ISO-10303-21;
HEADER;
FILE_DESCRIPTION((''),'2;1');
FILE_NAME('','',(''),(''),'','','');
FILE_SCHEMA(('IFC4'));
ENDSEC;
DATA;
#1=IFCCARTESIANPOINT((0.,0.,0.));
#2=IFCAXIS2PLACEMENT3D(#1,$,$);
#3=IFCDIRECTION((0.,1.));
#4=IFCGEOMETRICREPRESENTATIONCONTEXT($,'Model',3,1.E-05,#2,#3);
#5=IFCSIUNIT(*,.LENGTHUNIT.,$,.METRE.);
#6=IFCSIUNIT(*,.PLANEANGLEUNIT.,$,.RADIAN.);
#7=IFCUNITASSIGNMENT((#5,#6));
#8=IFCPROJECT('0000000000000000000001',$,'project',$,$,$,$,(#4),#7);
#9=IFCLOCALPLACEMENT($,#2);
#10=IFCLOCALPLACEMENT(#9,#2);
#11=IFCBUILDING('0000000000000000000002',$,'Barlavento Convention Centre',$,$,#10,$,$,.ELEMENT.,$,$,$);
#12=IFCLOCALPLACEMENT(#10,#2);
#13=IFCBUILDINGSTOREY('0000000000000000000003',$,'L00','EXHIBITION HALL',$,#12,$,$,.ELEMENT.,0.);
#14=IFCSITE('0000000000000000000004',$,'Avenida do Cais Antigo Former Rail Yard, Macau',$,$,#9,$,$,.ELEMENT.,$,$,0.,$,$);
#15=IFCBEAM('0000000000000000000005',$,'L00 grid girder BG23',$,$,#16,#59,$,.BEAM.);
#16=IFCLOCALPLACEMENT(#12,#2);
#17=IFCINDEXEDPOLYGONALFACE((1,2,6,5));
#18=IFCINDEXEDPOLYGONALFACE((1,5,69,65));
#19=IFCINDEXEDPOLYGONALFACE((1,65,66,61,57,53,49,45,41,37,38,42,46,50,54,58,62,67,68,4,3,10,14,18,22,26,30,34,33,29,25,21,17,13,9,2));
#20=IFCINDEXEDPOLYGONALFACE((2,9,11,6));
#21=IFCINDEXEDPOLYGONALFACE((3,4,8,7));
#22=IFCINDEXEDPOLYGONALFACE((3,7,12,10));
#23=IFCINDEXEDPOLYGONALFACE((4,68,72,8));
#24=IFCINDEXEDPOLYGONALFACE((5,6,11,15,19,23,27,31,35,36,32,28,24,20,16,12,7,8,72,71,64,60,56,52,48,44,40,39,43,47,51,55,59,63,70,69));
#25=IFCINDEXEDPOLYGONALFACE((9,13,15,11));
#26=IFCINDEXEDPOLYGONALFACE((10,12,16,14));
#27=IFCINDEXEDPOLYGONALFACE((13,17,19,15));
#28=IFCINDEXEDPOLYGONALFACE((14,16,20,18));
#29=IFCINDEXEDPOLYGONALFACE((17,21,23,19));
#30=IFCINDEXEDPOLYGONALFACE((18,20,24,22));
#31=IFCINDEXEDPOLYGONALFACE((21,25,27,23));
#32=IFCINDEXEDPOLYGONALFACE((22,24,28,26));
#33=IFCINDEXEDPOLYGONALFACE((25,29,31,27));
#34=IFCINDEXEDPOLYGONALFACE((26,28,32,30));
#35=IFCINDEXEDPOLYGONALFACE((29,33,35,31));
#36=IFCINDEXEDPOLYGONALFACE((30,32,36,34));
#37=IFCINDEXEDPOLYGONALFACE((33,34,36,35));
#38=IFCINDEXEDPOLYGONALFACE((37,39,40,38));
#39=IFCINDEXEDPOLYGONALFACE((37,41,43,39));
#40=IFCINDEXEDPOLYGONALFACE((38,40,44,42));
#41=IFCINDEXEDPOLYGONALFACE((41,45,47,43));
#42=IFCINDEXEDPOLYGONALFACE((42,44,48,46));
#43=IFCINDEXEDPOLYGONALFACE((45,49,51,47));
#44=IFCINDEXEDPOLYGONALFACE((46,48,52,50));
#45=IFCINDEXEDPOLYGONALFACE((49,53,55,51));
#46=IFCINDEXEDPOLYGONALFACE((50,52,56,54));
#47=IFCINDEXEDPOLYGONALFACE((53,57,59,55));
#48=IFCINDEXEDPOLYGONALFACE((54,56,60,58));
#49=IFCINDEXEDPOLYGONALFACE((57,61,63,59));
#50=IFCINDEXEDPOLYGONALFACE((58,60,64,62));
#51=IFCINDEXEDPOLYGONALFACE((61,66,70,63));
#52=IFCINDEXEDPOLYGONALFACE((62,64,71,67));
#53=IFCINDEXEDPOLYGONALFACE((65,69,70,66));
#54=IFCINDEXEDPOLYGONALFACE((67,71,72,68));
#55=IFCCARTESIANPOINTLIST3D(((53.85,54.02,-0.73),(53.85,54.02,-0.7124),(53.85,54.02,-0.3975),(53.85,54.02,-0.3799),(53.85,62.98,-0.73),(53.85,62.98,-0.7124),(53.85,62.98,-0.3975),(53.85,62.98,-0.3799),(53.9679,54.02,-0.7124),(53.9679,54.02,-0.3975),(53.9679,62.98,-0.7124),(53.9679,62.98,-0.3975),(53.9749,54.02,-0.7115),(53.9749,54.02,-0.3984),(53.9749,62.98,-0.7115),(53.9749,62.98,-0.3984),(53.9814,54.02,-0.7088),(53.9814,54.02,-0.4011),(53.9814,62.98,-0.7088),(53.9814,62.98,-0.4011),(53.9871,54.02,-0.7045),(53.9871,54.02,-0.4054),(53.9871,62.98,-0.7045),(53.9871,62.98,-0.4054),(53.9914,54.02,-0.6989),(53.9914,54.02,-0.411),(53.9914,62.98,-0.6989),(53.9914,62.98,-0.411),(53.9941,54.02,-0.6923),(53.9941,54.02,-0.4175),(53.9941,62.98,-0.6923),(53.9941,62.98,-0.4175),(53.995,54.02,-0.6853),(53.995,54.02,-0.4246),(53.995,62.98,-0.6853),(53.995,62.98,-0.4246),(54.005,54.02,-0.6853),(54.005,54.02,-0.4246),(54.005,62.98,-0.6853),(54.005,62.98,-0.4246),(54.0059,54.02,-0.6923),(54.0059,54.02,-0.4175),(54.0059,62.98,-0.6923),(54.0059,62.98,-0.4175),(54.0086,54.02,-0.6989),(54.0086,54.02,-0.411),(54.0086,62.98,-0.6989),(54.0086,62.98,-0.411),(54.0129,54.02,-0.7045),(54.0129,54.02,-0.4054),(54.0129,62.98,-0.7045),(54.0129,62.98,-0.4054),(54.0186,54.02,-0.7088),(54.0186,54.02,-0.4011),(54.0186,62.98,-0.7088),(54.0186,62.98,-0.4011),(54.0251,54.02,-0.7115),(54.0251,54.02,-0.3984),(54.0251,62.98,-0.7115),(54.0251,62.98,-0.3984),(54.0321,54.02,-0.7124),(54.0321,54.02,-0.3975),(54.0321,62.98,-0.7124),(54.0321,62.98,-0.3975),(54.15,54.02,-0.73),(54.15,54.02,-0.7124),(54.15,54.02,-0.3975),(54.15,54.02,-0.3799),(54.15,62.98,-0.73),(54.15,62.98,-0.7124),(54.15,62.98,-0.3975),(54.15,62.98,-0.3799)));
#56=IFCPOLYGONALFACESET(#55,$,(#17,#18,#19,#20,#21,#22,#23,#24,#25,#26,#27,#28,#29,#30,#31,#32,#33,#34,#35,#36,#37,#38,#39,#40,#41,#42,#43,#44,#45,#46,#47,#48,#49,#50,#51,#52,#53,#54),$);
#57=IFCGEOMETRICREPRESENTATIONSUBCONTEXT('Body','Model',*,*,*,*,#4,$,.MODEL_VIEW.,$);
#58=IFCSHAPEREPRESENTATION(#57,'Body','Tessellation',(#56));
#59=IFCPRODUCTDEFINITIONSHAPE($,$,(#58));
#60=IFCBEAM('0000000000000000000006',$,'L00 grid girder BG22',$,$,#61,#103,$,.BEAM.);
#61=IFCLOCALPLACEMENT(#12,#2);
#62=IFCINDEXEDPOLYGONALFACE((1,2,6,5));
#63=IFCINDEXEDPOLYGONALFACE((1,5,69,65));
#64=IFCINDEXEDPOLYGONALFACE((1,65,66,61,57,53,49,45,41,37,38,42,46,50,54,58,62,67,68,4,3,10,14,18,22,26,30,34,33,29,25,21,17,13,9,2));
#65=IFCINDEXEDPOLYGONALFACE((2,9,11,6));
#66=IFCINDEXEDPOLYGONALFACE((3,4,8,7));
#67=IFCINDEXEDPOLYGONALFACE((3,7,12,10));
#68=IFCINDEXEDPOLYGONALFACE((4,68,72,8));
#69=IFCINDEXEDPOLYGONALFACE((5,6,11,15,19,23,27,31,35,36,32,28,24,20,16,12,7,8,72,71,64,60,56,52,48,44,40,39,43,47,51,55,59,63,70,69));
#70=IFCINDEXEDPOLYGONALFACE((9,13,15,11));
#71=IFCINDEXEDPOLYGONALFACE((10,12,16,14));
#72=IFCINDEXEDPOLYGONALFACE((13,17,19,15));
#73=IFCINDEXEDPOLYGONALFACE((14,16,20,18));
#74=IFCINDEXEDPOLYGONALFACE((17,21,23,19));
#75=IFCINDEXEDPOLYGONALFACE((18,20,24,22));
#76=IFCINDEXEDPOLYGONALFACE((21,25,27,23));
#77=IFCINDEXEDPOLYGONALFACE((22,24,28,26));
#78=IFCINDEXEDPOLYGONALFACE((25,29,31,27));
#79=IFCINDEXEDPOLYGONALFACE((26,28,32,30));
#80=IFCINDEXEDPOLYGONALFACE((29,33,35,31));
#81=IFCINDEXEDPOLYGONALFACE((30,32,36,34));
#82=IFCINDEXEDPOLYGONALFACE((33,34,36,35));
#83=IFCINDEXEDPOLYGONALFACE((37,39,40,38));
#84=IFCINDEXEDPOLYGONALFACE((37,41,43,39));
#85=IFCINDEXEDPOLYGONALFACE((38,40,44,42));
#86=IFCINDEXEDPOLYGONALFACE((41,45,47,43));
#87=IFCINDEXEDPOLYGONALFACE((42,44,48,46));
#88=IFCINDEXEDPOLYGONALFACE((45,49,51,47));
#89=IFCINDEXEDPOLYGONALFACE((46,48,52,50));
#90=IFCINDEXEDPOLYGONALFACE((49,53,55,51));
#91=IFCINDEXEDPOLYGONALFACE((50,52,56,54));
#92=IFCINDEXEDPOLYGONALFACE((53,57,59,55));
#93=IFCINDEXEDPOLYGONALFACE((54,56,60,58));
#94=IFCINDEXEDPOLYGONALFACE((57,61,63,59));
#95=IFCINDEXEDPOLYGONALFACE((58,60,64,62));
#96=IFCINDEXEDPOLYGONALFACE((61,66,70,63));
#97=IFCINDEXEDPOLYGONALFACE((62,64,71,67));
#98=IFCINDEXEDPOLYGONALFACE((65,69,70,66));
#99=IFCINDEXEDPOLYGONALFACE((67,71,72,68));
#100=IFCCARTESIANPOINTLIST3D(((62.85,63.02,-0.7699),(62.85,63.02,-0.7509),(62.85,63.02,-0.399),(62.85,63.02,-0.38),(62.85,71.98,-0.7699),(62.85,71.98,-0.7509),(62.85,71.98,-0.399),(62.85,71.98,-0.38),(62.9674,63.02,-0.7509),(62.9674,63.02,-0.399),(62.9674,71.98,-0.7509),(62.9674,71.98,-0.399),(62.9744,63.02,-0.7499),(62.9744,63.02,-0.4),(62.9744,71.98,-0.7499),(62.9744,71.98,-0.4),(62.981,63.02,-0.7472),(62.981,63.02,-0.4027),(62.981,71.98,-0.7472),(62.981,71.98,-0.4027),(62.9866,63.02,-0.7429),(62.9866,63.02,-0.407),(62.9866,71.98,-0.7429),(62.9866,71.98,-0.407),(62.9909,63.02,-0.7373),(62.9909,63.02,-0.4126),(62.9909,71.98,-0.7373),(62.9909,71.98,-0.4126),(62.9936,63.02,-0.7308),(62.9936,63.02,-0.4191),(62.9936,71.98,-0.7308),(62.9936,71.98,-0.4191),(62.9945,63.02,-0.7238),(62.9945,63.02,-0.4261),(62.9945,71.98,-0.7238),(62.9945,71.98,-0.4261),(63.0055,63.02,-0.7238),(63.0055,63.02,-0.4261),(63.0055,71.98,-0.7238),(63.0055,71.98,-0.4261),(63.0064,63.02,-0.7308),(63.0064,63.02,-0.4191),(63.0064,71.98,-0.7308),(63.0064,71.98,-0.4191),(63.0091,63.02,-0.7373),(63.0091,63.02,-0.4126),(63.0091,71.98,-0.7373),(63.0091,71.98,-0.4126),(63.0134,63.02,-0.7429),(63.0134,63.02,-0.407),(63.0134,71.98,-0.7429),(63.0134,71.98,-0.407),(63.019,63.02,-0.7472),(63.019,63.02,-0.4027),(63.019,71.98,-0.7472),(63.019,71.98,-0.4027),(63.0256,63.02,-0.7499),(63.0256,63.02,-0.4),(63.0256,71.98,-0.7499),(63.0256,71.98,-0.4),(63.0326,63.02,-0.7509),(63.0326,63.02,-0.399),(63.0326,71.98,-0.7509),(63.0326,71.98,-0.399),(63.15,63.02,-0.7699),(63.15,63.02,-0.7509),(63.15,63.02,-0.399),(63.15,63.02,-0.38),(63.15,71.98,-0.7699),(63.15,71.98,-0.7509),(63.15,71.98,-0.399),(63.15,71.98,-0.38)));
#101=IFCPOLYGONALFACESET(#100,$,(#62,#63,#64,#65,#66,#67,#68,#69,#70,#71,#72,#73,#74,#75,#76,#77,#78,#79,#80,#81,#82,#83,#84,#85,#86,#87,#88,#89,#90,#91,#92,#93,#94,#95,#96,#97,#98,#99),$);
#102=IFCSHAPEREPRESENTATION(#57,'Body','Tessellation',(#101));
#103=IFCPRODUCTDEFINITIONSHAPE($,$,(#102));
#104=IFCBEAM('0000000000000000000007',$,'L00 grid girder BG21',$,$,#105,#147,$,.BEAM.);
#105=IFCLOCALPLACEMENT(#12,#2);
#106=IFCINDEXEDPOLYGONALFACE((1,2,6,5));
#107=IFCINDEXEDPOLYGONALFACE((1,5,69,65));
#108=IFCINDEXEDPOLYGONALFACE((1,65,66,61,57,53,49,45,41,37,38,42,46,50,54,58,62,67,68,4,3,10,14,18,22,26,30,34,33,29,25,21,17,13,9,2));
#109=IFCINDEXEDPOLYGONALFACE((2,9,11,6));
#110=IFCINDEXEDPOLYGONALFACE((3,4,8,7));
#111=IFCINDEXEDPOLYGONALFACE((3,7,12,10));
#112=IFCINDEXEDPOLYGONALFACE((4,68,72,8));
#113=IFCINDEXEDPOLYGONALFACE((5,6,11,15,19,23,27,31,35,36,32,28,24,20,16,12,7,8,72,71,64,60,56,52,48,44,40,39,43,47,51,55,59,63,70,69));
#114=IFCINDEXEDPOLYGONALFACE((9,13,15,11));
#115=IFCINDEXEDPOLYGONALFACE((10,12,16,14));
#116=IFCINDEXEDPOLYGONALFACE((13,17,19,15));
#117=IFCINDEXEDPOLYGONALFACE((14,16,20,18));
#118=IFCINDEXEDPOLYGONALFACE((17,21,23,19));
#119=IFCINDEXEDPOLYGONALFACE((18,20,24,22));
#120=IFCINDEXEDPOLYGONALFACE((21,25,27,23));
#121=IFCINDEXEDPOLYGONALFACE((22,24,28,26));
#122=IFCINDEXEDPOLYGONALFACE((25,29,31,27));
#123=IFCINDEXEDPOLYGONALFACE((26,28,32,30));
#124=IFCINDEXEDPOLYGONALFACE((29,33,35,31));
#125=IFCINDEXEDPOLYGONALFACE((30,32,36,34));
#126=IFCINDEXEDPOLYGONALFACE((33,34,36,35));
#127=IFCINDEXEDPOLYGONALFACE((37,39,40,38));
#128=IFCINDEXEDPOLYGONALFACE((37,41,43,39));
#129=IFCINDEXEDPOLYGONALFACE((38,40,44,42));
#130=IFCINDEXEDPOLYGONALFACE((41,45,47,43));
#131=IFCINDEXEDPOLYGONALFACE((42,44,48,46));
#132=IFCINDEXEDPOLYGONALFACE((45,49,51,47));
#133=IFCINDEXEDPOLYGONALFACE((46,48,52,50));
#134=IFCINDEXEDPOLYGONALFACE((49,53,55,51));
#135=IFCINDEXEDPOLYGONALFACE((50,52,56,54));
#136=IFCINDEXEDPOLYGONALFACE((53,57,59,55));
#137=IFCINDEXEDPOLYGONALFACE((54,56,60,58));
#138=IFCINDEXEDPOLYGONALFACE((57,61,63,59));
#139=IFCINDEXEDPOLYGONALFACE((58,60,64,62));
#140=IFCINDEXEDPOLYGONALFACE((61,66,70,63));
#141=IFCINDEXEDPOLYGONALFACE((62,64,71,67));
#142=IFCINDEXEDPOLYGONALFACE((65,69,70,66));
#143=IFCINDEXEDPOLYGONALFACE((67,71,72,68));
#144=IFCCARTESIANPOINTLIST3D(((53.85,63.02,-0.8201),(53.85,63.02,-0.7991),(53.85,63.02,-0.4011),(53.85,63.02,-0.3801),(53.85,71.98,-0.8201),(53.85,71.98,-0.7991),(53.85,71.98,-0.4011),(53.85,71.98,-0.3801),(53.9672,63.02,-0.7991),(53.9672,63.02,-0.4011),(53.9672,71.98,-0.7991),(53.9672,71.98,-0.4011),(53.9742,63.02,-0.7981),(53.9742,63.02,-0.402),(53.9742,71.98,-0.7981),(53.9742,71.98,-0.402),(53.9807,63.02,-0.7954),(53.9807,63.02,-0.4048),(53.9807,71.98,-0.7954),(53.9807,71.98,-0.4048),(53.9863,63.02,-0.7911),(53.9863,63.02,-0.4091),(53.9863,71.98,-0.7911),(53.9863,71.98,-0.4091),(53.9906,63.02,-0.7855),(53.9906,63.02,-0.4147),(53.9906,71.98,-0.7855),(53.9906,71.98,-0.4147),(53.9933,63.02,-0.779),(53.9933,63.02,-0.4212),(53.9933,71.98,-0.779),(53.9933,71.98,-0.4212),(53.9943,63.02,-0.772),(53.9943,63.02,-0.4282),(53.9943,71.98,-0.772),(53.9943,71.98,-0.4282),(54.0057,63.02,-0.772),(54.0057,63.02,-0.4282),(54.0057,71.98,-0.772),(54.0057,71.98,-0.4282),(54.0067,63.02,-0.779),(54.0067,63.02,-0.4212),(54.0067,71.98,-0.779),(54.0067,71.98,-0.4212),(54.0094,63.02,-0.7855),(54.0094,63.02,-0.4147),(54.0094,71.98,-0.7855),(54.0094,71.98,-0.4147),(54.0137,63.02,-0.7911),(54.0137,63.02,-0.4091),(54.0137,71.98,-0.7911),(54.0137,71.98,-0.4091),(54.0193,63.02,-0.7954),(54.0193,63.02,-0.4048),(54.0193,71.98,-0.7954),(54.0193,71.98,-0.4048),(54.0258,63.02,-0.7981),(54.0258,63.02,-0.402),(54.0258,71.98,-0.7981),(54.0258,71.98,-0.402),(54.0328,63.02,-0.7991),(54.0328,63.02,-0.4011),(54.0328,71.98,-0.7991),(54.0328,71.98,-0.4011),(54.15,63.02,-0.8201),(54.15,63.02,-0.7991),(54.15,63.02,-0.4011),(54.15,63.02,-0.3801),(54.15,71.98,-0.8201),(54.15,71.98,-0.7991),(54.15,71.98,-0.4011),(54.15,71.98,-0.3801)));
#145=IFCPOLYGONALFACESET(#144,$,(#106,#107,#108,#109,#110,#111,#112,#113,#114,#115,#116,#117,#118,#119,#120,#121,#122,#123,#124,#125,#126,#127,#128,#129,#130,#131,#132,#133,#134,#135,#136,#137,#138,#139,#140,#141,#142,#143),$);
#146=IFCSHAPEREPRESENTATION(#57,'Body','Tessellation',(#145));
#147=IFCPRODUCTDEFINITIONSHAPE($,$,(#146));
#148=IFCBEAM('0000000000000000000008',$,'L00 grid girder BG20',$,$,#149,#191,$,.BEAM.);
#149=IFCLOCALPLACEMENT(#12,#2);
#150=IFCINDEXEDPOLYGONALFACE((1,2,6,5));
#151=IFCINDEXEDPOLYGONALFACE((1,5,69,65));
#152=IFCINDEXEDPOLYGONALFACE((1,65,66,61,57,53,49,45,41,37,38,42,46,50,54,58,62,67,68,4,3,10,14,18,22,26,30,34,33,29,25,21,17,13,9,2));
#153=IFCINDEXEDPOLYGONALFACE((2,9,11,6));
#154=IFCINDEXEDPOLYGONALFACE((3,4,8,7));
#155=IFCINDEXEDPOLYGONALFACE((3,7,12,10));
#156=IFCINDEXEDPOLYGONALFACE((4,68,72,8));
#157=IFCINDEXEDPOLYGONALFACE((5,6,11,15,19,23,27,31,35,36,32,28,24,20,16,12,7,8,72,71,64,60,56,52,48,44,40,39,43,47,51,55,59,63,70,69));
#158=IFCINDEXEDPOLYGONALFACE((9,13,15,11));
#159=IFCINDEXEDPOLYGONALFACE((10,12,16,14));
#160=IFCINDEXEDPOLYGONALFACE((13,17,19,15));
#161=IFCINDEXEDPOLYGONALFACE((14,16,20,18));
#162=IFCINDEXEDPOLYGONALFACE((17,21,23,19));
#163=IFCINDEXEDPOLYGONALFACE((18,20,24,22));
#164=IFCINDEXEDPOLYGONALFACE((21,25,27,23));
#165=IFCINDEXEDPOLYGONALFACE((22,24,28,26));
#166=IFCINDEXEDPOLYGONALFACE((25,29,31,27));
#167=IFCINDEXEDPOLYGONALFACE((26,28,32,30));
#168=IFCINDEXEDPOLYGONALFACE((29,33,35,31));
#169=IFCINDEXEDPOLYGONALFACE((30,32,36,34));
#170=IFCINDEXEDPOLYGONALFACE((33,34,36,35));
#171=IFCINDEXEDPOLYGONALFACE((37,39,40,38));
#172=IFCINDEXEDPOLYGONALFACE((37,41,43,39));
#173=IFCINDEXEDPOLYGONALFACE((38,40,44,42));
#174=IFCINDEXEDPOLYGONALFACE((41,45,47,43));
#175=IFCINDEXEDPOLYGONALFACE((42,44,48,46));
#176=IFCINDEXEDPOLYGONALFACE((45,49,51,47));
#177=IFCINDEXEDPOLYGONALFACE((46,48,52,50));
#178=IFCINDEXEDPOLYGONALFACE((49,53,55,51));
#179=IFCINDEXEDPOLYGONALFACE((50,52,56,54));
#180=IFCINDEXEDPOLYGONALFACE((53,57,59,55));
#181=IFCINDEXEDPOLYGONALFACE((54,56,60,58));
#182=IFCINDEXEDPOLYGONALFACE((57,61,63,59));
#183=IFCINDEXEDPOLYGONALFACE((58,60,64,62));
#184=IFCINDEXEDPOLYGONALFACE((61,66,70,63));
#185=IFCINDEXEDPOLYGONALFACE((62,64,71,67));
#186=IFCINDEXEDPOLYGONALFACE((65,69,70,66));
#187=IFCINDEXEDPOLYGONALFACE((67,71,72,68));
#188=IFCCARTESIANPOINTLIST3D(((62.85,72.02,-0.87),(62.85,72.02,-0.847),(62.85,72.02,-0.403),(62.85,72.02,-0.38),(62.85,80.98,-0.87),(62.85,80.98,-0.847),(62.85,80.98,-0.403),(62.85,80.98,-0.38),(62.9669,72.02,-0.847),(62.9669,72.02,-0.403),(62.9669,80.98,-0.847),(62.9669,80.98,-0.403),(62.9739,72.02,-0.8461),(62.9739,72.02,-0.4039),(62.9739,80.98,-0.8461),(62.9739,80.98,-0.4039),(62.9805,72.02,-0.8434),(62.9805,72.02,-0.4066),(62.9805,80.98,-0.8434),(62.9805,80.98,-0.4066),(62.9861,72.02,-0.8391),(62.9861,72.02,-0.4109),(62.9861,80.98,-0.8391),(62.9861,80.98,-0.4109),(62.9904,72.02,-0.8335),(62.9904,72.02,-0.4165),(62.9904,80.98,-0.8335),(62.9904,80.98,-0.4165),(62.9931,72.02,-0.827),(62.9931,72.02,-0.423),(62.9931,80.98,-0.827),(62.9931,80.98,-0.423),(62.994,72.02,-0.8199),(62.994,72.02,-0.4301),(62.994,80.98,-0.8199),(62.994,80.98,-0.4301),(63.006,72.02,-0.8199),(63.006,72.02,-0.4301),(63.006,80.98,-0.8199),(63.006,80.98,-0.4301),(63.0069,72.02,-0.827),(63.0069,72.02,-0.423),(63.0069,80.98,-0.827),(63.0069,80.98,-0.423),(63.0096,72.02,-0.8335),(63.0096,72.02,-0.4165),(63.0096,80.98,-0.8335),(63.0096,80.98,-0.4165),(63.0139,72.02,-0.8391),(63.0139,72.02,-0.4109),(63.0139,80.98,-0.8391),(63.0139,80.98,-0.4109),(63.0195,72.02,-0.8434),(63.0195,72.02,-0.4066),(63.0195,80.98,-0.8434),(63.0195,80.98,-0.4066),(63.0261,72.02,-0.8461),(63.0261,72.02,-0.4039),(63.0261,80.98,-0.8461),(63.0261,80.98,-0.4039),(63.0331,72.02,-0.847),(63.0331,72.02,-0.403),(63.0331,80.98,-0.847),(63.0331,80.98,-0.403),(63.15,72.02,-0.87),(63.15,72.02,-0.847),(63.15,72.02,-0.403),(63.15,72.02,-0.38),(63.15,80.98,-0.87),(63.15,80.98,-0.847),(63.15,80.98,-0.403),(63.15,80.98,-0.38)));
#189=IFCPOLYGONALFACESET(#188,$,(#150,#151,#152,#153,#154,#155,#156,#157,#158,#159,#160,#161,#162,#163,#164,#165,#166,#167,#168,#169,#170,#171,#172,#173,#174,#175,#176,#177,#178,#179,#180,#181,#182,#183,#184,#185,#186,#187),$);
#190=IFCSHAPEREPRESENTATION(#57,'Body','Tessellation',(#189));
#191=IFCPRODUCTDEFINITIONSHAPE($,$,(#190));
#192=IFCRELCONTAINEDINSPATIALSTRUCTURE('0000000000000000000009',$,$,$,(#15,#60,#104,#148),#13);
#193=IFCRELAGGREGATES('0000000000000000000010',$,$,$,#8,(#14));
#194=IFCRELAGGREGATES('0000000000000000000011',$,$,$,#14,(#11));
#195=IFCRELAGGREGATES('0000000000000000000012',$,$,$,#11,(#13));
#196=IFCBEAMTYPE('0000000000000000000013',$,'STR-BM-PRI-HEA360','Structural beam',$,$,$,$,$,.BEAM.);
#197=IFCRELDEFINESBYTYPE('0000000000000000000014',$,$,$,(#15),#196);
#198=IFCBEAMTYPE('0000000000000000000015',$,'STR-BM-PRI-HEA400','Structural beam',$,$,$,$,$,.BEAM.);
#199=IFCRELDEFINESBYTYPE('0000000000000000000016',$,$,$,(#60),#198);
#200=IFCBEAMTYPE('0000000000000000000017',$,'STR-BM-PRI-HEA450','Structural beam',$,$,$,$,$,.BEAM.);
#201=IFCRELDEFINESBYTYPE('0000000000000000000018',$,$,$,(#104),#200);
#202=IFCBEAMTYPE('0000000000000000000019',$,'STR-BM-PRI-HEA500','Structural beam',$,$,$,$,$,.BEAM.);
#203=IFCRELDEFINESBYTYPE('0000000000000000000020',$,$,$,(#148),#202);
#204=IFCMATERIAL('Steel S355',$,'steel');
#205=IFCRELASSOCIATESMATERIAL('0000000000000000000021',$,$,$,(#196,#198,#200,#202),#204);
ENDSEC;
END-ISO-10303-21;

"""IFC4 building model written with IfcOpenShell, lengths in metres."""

from ifc_helpers import new_model, si_unit, direction, frame, origin, origin_2d, place, context, subcontext, project, spatial, i_section, extrude, material, material_profile, profile_set, type_object, element, save


model = new_model("IFC4")

# Units and contexts
model_context = context("Model", 3, precision=1e-05, world=origin(), true_north=direction((0.0, 1.0)))
body_context = subcontext(model_context, "Body", "Model", "MODEL_VIEW")
ifc_project = project(units=[si_unit("LENGTHUNIT", "METRE"), si_unit("PLANEANGLEUNIT", "RADIAN")], contexts=[model_context])

# Site, building, storey
site_placement = place(None, origin())
site = spatial("IfcSite", under=ifc_project, at=site_placement, Name="Avenida do Cais Antigo Former Rail Yard, Macau", CompositionType="ELEMENT", RefElevation=0.0)
building_placement = place(site_placement, origin())
building = spatial("IfcBuilding", under=site, at=building_placement, Name="Barlavento Convention Centre", CompositionType="ELEMENT")
storey_placement = place(building_placement, origin())
storey = spatial("IfcBuildingStorey", under=building, at=storey_placement, Name="L00", Description="EXHIBITION HALL", CompositionType="ELEMENT", Elevation=0.0)

# Beams
ifc_material_1 = material(Name="Steel S355", Category="steel")
ifc_material_profile_1 = material_profile(ifc_material_1, i_section(OverallWidth=0.3, OverallDepth=0.3501, WebThickness=0.01, FlangeThickness=0.0176, FilletRadius=0.0271, at=origin_2d()), Name="HEA 360")
ifc_profile_set_1 = profile_set([ifc_material_profile_1], Name="Steel S355")
beam_type_1 = type_object("IfcBeamType", Name="STR-BM-PRI-HEA360", Description="Structural beam", PredefinedType="BEAM", material=ifc_profile_set_1)
beam_1_placement = place(storey_placement, frame((54.0, 54.02, -0.5549), z_axis=(0.0, 1.0, 0.0), x_axis=(-1.0, 0.0, 0.0)))
element("IfcBeam", 1, at=beam_1_placement, inside=storey, type_object=beam_type_1, Name="L00 grid girder BG23", PredefinedType="BEAM", context=body_context, shape_type="SweptSolid", body=[
    extrude(i_section(OverallWidth=0.3, OverallDepth=0.3501, WebThickness=0.01, FlangeThickness=0.0176, FilletRadius=0.0271, at=origin_2d()), origin(), (0.0, 0.0, 1.0), 8.96),
])
ifc_material_profile_2 = material_profile(ifc_material_1, i_section(OverallWidth=0.3, OverallDepth=0.3899, WebThickness=0.011, FlangeThickness=0.019, FilletRadius=0.0271, at=origin_2d()), Name="HEA 400")
ifc_profile_set_2 = profile_set([ifc_material_profile_2], Name="Steel S355")
beam_type_2 = type_object("IfcBeamType", Name="STR-BM-PRI-HEA400", Description="Structural beam", PredefinedType="BEAM", material=ifc_profile_set_2)
beam_2_placement = place(storey_placement, frame((63.0, 63.02, -0.575), z_axis=(0.0, 1.0, 0.0), x_axis=(-1.0, 0.0, 0.0)))
element("IfcBeam", 2, at=beam_2_placement, inside=storey, type_object=beam_type_2, Name="L00 grid girder BG22", PredefinedType="BEAM", context=body_context, shape_type="SweptSolid", body=[
    extrude(i_section(OverallWidth=0.3, OverallDepth=0.3899, WebThickness=0.011, FlangeThickness=0.019, FilletRadius=0.0271, at=origin_2d()), origin(), (0.0, 0.0, 1.0), 8.96),
])
ifc_material_profile_3 = material_profile(ifc_material_1, i_section(OverallWidth=0.3, OverallDepth=0.4399, WebThickness=0.0115, FlangeThickness=0.021, FilletRadius=0.0271, at=origin_2d()), Name="HEA 450")
ifc_profile_set_3 = profile_set([ifc_material_profile_3], Name="Steel S355")
beam_type_3 = type_object("IfcBeamType", Name="STR-BM-PRI-HEA450", Description="Structural beam", PredefinedType="BEAM", material=ifc_profile_set_3)
beam_3_placement = place(storey_placement, frame((54.0, 63.02, -0.6001), z_axis=(0.0, 1.0, 0.0), x_axis=(-1.0, 0.0, 0.0)))
element("IfcBeam", 3, at=beam_3_placement, inside=storey, type_object=beam_type_3, Name="L00 grid girder BG21", PredefinedType="BEAM", context=body_context, shape_type="SweptSolid", body=[
    extrude(i_section(OverallWidth=0.3, OverallDepth=0.4399, WebThickness=0.0115, FlangeThickness=0.021, FilletRadius=0.0271, at=origin_2d()), origin(), (0.0, 0.0, 1.0), 8.96),
])
ifc_material_profile_4 = material_profile(ifc_material_1, i_section(OverallWidth=0.3, OverallDepth=0.49, WebThickness=0.012, FlangeThickness=0.0229, FilletRadius=0.0271, at=origin_2d()), Name="HEA 500")
ifc_profile_set_4 = profile_set([ifc_material_profile_4], Name="Steel S355")
beam_type_4 = type_object("IfcBeamType", Name="STR-BM-PRI-HEA500", Description="Structural beam", PredefinedType="BEAM", material=ifc_profile_set_4)
beam_4_placement = place(storey_placement, frame((63.0, 72.02, -0.625), z_axis=(0.0, 1.0, 0.0), x_axis=(-1.0, 0.0, 0.0)))
element("IfcBeam", 4, at=beam_4_placement, inside=storey, type_object=beam_type_4, Name="L00 grid girder BG20", PredefinedType="BEAM", context=body_context, shape_type="SweptSolid", body=[
    extrude(i_section(OverallWidth=0.3, OverallDepth=0.49, WebThickness=0.012, FlangeThickness=0.0229, FilletRadius=0.0271, at=origin_2d()), origin(), (0.0, 0.0, 1.0), 8.96),
])

save(model, "model.ifc")
